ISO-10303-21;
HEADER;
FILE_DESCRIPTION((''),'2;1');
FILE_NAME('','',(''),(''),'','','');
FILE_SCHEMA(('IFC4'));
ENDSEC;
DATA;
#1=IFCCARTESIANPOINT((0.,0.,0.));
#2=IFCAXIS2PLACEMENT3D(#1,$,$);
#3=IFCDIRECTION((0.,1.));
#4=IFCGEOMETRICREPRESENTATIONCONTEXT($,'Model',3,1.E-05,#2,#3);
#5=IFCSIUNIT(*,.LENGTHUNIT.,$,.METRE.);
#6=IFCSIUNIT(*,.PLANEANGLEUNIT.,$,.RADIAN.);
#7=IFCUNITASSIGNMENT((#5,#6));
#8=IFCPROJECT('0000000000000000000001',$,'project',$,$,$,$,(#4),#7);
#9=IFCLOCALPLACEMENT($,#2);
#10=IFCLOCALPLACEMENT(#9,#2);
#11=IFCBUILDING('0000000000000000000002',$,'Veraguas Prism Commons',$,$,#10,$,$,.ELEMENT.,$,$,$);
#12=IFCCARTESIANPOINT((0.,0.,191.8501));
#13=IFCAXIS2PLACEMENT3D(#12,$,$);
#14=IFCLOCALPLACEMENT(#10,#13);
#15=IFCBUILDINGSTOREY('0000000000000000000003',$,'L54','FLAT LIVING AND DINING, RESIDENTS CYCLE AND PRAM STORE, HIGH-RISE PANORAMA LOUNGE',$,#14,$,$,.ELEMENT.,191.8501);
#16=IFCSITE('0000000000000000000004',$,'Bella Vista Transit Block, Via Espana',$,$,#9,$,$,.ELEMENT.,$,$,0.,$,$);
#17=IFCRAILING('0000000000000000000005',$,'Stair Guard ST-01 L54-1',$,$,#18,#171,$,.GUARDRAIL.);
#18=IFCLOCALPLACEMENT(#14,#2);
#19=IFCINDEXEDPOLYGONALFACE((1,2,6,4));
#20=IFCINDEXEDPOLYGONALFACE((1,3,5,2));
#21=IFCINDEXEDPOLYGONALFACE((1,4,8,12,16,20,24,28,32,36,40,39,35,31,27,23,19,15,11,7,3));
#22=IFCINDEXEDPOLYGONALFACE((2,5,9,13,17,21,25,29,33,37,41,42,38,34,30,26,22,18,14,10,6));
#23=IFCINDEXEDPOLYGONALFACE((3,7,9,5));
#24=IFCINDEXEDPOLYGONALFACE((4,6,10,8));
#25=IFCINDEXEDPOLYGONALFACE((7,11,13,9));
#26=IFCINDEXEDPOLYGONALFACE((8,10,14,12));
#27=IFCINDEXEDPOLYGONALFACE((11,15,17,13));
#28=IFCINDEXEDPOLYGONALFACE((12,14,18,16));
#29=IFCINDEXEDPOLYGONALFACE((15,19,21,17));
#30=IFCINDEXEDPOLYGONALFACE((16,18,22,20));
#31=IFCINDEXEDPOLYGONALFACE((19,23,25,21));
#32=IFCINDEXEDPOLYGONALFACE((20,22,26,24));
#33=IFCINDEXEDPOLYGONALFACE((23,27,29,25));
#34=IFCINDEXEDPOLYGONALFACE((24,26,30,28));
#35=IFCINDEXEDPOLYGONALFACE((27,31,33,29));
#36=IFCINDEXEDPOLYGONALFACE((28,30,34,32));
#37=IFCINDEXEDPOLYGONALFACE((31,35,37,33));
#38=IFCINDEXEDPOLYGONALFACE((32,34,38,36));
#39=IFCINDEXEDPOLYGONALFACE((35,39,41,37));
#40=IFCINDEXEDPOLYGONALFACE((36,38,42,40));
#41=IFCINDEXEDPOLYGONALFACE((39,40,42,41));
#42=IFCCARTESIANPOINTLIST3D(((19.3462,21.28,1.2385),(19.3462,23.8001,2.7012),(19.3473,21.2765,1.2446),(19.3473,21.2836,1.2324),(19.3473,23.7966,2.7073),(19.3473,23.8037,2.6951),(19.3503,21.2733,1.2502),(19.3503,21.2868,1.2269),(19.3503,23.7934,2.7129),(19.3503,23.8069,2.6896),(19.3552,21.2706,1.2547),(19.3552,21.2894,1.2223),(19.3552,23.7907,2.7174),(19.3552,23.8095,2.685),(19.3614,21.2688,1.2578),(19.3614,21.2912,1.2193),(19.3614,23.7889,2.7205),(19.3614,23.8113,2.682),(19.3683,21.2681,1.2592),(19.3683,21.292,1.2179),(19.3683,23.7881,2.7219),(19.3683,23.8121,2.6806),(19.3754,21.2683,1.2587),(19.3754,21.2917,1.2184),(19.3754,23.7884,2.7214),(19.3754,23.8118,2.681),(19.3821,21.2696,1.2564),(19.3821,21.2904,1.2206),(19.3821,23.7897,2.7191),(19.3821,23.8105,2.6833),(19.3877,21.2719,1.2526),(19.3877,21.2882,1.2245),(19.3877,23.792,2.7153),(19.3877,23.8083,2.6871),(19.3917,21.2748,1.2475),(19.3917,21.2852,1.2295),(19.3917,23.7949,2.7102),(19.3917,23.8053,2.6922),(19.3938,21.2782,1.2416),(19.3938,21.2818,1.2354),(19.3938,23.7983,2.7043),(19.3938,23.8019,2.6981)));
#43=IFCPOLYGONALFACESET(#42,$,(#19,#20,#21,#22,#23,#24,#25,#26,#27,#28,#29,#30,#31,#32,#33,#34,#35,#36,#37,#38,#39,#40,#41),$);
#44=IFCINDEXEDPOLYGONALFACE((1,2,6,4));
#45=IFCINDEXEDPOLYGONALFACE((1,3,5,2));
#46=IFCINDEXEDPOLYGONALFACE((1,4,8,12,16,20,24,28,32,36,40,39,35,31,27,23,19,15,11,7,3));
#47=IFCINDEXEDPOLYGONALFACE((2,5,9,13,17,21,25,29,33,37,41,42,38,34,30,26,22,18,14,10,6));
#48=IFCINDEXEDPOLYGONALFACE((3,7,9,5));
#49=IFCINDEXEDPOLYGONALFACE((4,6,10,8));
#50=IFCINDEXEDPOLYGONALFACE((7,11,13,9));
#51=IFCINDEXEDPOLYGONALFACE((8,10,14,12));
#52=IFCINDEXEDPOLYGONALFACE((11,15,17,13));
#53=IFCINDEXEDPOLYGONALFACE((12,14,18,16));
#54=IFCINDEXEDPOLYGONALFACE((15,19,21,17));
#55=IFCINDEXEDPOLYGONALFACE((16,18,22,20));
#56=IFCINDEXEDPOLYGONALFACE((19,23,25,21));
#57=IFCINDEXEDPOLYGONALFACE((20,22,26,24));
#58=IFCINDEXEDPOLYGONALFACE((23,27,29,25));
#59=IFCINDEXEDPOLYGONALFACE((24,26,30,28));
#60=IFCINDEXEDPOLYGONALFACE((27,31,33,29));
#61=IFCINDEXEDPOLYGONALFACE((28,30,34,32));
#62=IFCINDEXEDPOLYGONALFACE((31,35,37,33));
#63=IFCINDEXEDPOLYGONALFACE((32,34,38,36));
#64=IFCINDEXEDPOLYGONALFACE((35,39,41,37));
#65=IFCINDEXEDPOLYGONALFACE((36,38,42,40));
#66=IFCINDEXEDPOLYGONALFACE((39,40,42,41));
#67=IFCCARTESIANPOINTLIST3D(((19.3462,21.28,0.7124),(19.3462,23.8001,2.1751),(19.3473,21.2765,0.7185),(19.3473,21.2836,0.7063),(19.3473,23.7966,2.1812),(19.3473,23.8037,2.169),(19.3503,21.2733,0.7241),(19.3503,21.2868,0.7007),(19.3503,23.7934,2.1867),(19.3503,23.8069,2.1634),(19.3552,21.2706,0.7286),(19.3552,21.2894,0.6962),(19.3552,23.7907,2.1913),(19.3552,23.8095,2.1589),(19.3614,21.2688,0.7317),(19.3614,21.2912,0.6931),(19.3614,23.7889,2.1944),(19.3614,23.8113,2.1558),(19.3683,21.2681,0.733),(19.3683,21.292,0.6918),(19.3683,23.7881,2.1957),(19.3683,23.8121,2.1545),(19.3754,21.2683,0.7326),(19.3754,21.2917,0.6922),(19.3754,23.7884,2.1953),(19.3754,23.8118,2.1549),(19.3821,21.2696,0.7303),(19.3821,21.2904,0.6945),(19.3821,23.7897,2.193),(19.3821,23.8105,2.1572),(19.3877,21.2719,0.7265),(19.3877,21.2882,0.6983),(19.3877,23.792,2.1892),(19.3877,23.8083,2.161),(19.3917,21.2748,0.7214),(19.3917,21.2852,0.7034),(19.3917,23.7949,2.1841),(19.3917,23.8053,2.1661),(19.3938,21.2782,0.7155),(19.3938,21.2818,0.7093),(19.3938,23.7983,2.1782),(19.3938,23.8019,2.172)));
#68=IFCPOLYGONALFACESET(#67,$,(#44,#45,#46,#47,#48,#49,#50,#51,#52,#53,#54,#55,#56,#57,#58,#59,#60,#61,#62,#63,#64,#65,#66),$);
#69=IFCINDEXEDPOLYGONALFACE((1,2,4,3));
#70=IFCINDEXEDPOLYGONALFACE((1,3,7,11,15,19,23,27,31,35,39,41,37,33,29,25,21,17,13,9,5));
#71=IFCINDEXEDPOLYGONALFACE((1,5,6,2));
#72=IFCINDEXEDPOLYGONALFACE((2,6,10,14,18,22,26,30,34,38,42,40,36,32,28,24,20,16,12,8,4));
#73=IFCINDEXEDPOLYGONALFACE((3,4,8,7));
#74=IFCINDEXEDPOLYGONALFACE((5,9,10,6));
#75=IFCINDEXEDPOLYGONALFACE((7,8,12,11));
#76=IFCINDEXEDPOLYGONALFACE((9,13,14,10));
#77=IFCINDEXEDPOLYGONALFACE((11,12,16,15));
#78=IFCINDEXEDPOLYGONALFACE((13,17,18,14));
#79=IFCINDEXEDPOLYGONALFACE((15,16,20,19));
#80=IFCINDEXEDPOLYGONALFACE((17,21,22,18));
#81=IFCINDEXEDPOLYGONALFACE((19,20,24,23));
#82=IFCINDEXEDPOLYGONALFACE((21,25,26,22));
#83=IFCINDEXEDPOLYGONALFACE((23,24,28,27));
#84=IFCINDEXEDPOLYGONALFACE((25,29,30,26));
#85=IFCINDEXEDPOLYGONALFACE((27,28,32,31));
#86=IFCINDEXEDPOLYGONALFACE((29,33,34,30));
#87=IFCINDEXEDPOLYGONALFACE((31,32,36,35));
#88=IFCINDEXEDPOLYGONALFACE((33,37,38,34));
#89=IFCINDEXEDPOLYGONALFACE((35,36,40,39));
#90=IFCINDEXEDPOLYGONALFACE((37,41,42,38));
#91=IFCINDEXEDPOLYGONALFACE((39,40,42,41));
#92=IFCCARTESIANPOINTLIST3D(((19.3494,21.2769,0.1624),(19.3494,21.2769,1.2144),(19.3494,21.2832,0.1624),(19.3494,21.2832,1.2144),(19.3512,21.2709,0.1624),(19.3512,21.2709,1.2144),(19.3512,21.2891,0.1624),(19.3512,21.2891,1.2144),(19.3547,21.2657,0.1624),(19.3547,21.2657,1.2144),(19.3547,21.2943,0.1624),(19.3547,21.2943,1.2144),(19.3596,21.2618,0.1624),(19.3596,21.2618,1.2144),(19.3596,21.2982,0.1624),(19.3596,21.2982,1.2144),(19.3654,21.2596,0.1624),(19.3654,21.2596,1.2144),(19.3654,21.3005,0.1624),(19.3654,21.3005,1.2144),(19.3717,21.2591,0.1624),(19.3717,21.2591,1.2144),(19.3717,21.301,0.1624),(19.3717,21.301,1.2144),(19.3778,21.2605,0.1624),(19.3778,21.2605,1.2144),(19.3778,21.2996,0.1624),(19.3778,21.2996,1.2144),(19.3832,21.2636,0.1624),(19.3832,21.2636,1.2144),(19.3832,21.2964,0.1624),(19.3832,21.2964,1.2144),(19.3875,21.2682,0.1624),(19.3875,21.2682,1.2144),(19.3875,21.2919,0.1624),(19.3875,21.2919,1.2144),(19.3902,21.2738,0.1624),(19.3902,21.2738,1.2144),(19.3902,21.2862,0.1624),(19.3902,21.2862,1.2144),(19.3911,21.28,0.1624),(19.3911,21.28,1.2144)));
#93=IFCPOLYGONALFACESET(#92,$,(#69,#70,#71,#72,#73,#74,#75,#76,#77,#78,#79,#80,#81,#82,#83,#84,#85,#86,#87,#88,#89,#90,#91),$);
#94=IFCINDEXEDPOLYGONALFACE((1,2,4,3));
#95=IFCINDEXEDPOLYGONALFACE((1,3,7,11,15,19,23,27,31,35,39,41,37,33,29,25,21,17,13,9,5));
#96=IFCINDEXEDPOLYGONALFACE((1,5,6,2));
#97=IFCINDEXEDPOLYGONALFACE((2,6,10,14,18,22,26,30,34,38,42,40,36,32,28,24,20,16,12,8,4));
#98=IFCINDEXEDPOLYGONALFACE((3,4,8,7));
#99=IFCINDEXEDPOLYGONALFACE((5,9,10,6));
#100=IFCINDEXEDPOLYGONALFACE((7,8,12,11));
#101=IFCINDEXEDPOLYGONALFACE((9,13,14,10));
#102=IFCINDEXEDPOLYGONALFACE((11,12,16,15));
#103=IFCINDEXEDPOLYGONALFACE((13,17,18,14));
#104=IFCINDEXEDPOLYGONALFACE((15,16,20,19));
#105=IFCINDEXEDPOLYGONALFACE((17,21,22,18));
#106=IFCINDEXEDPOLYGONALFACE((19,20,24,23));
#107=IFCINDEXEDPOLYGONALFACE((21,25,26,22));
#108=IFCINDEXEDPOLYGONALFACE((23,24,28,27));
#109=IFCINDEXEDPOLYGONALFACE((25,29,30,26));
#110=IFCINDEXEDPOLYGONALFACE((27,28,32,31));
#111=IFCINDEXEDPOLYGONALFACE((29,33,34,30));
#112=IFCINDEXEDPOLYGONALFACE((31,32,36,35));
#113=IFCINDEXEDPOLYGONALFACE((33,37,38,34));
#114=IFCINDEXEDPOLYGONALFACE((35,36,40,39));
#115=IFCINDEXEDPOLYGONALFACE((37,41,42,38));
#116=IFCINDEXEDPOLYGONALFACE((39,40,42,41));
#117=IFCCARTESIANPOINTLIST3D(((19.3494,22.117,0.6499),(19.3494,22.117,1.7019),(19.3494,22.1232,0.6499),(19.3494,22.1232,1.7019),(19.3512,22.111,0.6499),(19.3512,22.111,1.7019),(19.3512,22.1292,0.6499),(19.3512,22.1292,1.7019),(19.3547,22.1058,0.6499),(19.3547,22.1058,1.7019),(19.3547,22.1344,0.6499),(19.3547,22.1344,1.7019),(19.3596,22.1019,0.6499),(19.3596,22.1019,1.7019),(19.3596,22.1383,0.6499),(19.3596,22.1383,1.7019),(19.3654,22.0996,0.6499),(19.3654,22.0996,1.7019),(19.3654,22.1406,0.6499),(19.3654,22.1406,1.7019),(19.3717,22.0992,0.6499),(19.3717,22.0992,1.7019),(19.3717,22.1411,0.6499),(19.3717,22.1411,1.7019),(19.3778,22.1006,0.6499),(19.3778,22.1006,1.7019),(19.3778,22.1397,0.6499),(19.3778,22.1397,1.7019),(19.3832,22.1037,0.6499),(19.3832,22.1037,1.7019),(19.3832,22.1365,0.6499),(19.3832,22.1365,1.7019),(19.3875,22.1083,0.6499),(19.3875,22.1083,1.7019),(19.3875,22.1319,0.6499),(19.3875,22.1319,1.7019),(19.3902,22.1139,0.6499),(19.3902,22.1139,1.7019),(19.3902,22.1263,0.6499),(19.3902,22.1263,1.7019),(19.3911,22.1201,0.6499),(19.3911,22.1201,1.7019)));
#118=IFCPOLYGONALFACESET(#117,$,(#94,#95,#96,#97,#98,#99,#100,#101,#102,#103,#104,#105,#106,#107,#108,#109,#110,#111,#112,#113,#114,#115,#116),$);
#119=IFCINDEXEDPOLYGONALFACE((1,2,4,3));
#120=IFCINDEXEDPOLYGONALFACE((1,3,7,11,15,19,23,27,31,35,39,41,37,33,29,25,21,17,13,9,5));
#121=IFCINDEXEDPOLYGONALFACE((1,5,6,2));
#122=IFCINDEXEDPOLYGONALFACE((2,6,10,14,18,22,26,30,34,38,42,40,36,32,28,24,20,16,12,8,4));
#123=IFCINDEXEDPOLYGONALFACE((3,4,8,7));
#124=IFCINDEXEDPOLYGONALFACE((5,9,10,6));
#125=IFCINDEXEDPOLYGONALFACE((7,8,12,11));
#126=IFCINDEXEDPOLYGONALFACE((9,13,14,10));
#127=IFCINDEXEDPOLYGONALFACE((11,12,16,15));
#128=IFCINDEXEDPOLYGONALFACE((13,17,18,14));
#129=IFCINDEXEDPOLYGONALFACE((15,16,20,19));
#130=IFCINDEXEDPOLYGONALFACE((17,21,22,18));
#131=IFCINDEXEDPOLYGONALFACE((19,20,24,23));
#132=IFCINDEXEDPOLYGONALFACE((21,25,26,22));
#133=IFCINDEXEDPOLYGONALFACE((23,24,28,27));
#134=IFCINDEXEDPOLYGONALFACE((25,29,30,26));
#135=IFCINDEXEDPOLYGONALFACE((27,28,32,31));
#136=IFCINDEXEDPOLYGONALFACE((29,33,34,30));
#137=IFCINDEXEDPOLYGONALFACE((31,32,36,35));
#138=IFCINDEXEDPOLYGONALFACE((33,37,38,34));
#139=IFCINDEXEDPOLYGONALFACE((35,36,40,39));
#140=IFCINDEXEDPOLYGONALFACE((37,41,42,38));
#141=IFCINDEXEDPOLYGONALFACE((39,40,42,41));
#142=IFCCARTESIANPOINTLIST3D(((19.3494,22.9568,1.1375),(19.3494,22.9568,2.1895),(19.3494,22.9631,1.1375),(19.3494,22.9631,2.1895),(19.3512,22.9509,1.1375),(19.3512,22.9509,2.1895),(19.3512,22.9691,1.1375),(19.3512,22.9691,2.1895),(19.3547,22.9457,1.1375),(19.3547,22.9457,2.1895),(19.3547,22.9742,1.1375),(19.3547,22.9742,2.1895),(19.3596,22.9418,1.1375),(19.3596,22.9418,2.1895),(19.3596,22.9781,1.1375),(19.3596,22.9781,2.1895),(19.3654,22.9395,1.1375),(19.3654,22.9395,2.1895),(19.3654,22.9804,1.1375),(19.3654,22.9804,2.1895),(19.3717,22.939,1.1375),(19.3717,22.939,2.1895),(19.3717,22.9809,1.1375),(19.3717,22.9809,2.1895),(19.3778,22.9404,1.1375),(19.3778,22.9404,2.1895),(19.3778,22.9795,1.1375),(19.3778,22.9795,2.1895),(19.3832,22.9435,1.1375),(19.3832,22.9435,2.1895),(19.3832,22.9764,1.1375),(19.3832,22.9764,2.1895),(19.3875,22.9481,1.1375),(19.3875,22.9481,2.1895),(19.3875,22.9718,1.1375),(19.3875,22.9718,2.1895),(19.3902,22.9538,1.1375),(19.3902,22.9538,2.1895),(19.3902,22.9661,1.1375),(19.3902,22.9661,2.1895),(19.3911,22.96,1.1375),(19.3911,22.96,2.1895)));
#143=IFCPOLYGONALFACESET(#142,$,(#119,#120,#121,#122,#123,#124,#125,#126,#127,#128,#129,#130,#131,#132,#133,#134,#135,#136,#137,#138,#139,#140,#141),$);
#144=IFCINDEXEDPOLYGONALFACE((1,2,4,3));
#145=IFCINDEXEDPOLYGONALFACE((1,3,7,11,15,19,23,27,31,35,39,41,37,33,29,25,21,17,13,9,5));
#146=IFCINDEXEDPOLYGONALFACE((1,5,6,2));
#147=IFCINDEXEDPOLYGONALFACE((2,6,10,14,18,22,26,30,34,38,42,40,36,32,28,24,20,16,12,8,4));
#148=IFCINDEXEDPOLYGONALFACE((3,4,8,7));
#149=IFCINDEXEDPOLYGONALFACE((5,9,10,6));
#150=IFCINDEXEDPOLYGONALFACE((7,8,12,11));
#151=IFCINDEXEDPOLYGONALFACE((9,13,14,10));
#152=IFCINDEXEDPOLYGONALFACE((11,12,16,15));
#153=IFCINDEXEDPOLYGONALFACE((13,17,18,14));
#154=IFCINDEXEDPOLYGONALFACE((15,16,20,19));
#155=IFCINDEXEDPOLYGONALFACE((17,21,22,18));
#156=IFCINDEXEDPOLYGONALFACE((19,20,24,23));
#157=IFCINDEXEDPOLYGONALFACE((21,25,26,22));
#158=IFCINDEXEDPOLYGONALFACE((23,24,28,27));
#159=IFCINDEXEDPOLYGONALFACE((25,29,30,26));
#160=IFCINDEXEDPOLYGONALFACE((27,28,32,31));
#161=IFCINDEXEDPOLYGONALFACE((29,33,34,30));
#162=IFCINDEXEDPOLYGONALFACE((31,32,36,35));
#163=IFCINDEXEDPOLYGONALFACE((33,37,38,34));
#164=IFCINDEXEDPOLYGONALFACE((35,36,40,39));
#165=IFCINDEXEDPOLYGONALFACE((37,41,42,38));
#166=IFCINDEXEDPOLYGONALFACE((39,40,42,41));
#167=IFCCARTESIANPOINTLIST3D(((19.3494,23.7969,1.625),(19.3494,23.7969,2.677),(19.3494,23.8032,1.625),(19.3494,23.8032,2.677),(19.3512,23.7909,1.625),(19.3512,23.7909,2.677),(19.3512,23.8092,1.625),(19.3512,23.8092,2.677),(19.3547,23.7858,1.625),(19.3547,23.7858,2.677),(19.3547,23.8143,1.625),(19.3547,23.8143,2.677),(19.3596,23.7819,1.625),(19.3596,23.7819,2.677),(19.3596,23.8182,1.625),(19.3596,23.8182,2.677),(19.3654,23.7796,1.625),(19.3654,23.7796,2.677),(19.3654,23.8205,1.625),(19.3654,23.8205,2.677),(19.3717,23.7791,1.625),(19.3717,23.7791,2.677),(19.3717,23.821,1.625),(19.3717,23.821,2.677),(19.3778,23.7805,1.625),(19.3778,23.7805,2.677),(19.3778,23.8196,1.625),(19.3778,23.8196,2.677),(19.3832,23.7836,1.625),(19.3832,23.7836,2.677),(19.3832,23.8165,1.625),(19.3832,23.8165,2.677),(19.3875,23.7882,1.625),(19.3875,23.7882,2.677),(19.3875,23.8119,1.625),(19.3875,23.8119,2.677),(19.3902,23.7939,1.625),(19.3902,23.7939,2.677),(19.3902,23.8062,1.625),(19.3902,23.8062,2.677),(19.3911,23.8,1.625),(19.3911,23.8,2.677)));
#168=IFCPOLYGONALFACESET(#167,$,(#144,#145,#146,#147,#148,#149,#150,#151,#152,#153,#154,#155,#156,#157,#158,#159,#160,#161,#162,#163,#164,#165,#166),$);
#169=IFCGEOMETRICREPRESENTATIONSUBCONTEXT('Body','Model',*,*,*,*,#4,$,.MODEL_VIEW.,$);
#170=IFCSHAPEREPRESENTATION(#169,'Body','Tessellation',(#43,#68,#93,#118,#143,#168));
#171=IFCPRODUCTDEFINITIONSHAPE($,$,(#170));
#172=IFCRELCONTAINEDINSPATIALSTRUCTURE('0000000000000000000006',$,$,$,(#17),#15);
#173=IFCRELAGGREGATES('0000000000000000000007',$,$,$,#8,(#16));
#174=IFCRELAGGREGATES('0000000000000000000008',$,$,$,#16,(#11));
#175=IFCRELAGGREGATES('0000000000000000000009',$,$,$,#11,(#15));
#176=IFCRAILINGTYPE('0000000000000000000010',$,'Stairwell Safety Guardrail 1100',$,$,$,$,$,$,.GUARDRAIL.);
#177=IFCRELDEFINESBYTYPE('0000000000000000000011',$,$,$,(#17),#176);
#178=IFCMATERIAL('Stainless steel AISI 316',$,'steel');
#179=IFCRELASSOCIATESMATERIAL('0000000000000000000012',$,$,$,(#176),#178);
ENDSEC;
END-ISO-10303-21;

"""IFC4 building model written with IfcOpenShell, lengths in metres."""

from ifc_helpers import new_model, si_unit, direction, frame, origin, origin_2d, place, context, subcontext, project, spatial, circle, extrude, material, type_object, element, save


model = new_model("IFC4")

# Units and contexts
model_context = context("Model", 3, precision=1e-05, world=origin(), true_north=direction((0.0, 1.0)))
body_context = subcontext(model_context, "Body", "Model", "MODEL_VIEW")
ifc_project = project(units=[si_unit("LENGTHUNIT", "METRE"), si_unit("PLANEANGLEUNIT", "RADIAN")], contexts=[model_context])

# Site, building, storey
site_placement = place(None, origin())
site = spatial("IfcSite", under=ifc_project, at=site_placement, Name="Bella Vista Transit Block, Via Espana", CompositionType="ELEMENT", RefElevation=0.0)
building_placement = place(site_placement, origin())
building = spatial("IfcBuilding", under=site, at=building_placement, Name="Veraguas Prism Commons", CompositionType="ELEMENT")
storey_placement = place(building_placement, frame((0.0, 0.0, 191.8501)))
storey = spatial("IfcBuildingStorey", under=building, at=storey_placement, Name="L54", Description="FLAT LIVING AND DINING, RESIDENTS CYCLE AND PRAM STORE, HIGH-RISE PANORAMA LOUNGE", CompositionType="ELEMENT", Elevation=191.8501)

# Railing
ifc_material_1 = material(Name="Stainless steel AISI 316", Category="steel")
railing_type = type_object("IfcRailingType", Name="Stairwell Safety Guardrail 1100", PredefinedType="GUARDRAIL", material=ifc_material_1)
railing_1_placement = place(storey_placement, frame((19.3701, 21.28, 0.1624)))
element("IfcRailing", 1, at=railing_1_placement, inside=storey, type_object=railing_type, Name="Stair Guard ST-01 L54-1", PredefinedType="GUARDRAIL", context=body_context, shape_type="SweptSolid", body=[
    extrude(circle(Radius=0.0239, at=origin_2d()), frame((0.0, 0.0, 1.0762), z_axis=(0.0, 0.864877, 0.501984), x_axis=(-1.0, 0.0, 0.0)), (0.0, 0.0, 1.0), 2.9138),
    extrude(circle(Radius=0.0239, at=origin_2d()), frame((0.0, 0.0, 0.55), z_axis=(0.0, 0.864877, 0.501984), x_axis=(-1.0, 0.0, 0.0)), (0.0, 0.0, 1.0), 2.9138),
    extrude(circle(Radius=0.021, at=origin_2d()), origin(), (0.0, 0.0, 1.0), 1.052),
    extrude(circle(Radius=0.021, at=origin_2d()), frame((0.0, 0.8401, 0.4875)), (0.0, 0.0, 1.0), 1.052),
    extrude(circle(Radius=0.021, at=origin_2d()), frame((0.0, 1.6799, 0.9751)), (0.0, 0.0, 1.0), 1.052),
    extrude(circle(Radius=0.021, at=origin_2d()), frame((0.0, 2.52, 1.4626)), (0.0, 0.0, 1.0), 1.052),
])

save(model, "model.ifc")
